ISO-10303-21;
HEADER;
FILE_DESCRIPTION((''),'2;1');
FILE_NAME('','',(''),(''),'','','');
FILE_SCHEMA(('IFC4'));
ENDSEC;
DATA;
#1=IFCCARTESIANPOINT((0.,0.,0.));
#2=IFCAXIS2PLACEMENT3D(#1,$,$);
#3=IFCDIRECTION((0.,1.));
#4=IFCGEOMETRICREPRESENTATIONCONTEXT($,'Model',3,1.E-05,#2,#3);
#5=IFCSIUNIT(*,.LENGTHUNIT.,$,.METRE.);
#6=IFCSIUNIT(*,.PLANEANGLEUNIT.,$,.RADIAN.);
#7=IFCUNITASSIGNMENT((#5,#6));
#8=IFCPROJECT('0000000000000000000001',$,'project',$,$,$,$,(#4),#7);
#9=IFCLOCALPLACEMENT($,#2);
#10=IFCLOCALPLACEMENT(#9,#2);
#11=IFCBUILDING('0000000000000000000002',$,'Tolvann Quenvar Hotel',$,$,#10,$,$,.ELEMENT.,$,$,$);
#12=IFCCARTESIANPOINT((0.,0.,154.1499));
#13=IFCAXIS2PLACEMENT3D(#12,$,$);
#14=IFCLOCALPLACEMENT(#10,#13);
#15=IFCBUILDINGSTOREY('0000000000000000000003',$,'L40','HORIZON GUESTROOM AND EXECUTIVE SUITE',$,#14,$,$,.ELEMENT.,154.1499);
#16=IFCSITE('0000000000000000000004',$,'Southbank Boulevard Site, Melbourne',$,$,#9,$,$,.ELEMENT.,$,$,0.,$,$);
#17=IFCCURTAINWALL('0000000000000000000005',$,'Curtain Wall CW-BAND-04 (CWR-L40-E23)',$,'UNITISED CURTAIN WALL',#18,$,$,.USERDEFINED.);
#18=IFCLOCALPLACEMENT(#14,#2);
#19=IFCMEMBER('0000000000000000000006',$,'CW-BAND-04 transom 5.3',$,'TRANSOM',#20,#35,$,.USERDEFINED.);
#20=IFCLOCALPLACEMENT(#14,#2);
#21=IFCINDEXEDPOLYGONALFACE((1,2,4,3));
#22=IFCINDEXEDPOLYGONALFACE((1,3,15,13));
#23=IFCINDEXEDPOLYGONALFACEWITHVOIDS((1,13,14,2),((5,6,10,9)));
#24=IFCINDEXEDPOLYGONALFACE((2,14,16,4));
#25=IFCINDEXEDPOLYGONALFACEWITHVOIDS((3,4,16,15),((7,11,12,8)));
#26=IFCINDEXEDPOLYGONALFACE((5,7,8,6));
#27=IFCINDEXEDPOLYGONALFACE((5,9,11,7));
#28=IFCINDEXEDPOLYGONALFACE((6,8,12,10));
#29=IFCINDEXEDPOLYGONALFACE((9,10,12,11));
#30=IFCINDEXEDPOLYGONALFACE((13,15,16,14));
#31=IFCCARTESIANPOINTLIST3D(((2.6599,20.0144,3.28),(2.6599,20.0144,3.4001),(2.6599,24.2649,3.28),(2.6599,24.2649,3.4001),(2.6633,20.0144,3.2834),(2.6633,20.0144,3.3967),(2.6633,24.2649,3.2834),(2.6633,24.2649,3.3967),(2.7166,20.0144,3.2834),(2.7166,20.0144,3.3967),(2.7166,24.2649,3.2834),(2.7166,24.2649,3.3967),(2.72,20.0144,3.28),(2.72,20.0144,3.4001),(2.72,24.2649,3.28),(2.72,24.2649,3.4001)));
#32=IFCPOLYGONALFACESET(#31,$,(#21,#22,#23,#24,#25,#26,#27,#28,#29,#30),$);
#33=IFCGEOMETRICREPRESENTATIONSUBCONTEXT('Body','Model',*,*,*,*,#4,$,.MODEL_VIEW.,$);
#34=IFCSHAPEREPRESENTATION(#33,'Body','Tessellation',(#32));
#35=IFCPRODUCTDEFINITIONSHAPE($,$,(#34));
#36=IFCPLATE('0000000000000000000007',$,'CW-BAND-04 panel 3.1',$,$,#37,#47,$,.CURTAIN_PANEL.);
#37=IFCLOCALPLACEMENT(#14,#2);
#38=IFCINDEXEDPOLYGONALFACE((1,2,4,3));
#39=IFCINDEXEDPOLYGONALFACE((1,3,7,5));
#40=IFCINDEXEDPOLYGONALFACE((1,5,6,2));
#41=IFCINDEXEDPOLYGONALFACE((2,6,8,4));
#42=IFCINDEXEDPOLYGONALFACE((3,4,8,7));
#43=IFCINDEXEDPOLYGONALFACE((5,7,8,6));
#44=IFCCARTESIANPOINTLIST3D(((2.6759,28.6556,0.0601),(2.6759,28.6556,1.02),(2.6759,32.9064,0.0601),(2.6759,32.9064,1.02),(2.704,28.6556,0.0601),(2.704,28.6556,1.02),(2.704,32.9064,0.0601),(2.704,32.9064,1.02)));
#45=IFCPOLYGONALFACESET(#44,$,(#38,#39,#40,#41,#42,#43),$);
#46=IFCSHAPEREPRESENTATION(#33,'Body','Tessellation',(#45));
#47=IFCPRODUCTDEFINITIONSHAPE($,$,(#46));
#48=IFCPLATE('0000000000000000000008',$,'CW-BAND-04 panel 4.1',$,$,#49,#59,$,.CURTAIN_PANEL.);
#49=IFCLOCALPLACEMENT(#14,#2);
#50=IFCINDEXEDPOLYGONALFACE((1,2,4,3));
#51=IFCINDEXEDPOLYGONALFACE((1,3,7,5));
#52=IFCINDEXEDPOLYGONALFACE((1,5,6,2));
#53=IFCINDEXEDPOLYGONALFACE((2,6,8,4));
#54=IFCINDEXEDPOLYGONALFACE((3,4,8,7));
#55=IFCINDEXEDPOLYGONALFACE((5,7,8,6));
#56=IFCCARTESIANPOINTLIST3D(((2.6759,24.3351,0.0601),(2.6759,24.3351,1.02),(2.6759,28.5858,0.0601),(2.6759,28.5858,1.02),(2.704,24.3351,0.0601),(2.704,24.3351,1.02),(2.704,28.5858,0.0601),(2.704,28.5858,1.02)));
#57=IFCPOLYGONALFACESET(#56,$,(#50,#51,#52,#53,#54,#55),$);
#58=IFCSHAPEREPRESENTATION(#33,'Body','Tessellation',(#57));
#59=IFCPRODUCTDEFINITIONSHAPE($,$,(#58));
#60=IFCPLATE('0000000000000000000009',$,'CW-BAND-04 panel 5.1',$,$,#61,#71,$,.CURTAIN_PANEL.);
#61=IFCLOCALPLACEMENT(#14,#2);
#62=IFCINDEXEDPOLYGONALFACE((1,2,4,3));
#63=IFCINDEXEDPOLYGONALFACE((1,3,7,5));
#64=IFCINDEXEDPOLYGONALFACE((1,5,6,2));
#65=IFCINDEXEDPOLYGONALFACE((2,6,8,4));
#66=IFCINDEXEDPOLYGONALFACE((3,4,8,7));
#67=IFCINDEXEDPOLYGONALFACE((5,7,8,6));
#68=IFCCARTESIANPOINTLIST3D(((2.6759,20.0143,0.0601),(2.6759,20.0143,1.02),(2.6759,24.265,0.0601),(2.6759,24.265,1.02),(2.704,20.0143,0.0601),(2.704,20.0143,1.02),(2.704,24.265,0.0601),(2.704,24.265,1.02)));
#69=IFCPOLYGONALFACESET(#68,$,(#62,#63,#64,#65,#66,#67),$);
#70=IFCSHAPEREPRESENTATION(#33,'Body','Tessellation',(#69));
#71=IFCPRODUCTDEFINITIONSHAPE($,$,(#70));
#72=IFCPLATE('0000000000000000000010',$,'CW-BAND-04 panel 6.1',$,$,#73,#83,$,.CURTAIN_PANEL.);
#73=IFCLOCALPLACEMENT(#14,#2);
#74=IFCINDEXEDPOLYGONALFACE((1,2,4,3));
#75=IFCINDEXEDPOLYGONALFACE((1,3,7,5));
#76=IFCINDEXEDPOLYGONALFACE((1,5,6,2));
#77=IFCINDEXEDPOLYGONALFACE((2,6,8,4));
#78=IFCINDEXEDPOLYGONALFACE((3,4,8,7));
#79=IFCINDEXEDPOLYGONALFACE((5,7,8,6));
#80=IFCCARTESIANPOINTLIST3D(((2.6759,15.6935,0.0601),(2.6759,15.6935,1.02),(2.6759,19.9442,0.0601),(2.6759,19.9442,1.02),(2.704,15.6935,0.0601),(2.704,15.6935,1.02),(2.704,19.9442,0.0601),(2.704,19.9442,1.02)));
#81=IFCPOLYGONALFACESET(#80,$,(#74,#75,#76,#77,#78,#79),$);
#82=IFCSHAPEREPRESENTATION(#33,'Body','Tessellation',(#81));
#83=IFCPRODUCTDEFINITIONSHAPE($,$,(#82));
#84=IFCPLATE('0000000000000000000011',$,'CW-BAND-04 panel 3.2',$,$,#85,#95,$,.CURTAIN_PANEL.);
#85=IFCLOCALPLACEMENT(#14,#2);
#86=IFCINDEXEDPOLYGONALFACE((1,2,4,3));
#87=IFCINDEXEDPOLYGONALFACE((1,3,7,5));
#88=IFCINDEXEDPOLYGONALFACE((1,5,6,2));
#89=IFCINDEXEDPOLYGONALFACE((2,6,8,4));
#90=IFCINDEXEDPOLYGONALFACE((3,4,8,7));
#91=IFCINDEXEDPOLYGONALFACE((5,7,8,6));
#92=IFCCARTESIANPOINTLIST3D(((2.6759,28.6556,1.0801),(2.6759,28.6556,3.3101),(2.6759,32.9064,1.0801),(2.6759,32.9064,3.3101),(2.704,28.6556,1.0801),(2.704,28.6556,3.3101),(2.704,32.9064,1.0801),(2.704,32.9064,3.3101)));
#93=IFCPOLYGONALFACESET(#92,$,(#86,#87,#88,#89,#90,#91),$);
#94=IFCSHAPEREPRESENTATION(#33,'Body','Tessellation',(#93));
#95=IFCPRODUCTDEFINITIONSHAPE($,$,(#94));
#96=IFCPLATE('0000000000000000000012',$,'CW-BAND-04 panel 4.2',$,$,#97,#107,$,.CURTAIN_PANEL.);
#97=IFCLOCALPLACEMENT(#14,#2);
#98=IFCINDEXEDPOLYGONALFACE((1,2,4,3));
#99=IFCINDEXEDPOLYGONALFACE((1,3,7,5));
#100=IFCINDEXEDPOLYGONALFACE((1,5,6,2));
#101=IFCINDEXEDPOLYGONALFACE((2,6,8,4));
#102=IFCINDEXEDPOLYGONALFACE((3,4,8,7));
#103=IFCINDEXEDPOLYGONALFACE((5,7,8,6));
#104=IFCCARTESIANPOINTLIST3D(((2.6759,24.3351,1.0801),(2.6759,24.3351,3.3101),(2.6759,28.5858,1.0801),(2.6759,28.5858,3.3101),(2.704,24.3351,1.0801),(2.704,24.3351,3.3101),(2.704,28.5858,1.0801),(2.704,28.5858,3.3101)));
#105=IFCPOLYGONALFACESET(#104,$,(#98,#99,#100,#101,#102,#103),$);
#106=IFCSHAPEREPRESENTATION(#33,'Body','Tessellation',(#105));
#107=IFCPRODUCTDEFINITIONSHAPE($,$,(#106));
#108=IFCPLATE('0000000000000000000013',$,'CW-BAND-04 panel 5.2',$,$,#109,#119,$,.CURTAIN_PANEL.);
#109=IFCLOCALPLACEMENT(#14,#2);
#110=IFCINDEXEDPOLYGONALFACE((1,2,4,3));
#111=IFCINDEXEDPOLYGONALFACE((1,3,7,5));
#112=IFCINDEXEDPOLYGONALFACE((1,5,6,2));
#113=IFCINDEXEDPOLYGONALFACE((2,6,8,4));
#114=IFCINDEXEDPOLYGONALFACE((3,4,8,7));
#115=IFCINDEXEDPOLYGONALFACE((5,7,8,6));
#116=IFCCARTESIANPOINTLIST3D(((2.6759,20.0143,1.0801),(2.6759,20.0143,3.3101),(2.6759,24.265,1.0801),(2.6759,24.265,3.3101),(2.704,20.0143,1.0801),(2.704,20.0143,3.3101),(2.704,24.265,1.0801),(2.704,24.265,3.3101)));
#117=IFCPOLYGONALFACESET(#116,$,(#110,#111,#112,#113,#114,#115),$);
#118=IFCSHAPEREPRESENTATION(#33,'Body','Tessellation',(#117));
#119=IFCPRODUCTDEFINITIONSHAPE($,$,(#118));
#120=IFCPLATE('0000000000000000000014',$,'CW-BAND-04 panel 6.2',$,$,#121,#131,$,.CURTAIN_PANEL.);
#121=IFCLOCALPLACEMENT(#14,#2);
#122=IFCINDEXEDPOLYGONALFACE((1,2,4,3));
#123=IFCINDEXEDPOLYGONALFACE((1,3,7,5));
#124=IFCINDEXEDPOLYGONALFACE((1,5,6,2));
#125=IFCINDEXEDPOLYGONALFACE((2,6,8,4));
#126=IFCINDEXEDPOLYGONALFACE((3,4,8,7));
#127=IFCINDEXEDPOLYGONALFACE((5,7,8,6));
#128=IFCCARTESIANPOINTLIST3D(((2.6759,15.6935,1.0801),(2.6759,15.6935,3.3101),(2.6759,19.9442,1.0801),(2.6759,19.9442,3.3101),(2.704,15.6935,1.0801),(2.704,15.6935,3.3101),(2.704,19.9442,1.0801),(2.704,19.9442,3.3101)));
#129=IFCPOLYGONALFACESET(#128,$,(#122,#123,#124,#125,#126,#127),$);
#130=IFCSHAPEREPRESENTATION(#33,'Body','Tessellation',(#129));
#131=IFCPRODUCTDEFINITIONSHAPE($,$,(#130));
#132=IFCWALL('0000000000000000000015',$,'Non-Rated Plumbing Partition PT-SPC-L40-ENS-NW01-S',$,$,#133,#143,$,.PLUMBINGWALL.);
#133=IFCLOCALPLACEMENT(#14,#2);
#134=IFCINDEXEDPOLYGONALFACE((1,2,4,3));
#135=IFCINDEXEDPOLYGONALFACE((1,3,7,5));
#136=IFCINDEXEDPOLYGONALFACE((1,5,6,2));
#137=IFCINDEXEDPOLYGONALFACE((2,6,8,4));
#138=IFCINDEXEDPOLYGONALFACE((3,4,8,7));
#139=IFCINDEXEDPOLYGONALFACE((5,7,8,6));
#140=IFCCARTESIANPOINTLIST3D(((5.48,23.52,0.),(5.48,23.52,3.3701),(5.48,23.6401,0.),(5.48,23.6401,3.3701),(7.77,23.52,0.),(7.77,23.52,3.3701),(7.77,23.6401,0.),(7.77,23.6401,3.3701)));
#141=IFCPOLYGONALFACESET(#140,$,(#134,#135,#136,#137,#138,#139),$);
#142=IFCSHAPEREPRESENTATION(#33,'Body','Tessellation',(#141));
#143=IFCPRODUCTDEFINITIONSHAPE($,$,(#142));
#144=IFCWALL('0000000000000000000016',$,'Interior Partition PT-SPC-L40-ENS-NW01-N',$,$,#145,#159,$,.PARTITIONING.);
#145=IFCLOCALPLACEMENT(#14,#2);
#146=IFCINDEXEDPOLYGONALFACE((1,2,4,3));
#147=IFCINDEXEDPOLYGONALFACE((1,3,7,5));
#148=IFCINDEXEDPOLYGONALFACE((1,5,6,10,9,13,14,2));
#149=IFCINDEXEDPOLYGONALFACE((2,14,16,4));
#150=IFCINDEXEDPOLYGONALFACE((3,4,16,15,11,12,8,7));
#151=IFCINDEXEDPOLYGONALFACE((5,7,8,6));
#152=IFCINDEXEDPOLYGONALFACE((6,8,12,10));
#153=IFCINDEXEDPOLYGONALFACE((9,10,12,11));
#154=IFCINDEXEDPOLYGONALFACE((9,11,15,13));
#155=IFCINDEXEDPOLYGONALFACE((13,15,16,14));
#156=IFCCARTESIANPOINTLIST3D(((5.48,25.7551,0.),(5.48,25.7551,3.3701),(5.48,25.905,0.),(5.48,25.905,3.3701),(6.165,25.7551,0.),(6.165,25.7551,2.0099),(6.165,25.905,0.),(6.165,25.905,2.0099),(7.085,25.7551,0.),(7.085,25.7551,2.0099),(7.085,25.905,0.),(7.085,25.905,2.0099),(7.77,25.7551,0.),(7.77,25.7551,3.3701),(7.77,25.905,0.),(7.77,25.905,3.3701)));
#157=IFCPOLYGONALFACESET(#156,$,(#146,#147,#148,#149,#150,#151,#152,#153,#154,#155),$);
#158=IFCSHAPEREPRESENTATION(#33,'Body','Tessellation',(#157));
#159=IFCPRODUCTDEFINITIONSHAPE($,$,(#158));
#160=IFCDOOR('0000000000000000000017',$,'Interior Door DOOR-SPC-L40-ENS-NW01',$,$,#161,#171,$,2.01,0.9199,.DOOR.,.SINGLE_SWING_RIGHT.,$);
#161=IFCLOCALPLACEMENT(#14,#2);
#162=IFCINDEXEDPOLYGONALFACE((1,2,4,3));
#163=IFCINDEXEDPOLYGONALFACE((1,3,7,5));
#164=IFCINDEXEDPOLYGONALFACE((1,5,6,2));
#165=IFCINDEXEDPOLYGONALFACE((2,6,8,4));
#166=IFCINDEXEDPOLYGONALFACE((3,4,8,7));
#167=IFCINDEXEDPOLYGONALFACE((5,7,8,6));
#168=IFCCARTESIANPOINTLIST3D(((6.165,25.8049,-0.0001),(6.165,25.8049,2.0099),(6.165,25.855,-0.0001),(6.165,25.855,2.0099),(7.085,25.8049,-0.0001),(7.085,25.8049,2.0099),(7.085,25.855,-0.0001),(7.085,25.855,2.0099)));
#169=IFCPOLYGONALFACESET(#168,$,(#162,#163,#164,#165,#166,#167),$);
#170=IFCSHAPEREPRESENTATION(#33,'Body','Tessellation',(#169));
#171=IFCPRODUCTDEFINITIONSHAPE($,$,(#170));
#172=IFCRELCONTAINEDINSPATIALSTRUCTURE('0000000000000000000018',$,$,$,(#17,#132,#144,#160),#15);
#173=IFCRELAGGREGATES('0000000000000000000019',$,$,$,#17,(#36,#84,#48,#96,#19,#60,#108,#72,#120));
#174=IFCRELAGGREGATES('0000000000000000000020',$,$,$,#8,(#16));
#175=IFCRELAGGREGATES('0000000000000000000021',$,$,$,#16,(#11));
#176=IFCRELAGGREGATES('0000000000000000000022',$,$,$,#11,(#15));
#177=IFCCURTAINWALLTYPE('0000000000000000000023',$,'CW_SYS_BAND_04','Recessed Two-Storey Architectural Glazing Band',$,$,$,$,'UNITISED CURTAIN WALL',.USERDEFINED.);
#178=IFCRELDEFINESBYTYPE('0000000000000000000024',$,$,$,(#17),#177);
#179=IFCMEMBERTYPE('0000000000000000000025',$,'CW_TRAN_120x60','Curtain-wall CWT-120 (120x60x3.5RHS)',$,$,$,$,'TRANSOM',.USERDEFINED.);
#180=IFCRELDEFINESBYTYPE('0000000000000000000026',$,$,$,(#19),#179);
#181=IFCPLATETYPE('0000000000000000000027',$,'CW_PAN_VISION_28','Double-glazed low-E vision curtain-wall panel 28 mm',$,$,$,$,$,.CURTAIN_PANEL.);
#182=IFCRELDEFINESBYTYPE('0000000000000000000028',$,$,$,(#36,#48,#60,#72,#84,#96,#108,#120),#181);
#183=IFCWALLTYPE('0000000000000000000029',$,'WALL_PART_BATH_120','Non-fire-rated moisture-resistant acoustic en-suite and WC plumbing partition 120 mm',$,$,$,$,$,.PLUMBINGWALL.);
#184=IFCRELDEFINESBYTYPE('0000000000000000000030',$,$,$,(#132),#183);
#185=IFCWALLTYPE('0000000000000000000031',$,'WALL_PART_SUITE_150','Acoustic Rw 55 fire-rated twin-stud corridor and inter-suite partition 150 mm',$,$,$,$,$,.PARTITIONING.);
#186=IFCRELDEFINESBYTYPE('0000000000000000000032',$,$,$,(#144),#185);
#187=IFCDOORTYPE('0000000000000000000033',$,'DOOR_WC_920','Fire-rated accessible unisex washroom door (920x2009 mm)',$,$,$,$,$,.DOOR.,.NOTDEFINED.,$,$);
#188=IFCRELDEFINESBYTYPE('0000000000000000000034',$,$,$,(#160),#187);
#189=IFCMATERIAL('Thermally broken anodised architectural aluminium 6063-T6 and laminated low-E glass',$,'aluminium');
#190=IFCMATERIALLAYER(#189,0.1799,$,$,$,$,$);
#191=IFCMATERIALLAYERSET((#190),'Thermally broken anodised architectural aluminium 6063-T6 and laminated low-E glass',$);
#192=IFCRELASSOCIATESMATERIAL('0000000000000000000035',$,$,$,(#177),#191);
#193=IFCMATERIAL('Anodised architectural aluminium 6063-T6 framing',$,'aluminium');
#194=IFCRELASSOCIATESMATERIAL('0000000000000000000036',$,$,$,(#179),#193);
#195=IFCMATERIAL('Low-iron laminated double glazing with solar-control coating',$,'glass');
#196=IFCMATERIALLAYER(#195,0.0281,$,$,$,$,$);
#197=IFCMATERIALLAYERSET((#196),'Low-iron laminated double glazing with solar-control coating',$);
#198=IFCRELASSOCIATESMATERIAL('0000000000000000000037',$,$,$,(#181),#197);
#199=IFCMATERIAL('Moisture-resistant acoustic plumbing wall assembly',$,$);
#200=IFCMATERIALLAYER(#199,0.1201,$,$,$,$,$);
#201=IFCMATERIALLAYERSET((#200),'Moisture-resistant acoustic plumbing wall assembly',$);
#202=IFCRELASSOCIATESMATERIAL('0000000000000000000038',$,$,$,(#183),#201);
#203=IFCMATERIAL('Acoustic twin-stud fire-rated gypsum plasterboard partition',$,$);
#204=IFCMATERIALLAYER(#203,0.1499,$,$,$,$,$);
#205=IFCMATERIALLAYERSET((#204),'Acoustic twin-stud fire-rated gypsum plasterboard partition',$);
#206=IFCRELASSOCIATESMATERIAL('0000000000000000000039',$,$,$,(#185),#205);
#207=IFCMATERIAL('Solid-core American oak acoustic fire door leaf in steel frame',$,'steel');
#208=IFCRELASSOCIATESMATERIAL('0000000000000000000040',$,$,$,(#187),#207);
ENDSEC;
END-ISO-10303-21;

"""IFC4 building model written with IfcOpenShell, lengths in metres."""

from ifc_helpers import new_model, si_unit, direction, frame, frame_2d, origin, origin_2d, place, context, subcontext, project, spatial, rectangle, hollow_rectangle, extrude, source, transform, mapped, material, layer, layer_set, material_profile, profile_set, type_object, type_shapes, element, fill, aggregate, save


model = new_model("IFC4")

# Units and contexts
model_context = context("Model", 3, precision=1e-05, world=origin(), true_north=direction((0.0, 1.0)))
body_context = subcontext(model_context, "Body", "Model", "MODEL_VIEW")
ifc_project = project(units=[si_unit("LENGTHUNIT", "METRE"), si_unit("PLANEANGLEUNIT", "RADIAN")], contexts=[model_context])

# Site, building, storey
site_placement = place(None, origin())
site = spatial("IfcSite", under=ifc_project, at=site_placement, Name="Southbank Boulevard Site, Melbourne", CompositionType="ELEMENT", RefElevation=0.0)
building_placement = place(site_placement, origin())
building = spatial("IfcBuilding", under=site, at=building_placement, Name="Tolvann Quenvar Hotel", CompositionType="ELEMENT")
storey_placement = place(building_placement, frame((0.0, 0.0, 154.1499)))
storey = spatial("IfcBuildingStorey", under=building, at=storey_placement, Name="L40", Description="HORIZON GUESTROOM AND EXECUTIVE SUITE", CompositionType="ELEMENT", Elevation=154.1499)

# Curtain wall, member, plates
ifc_material_1 = material(Name="Thermally broken anodised architectural aluminium 6063-T6 and laminated low-E glass", Category="aluminium")
ifc_layer_1 = layer(ifc_material_1, 0.1799)
ifc_layer_set_1 = layer_set([ifc_layer_1], Name="Thermally broken anodised architectural aluminium 6063-T6 and laminated low-E glass")
curtain_wall_type = type_object("IfcCurtainWallType", Name="CW_SYS_BAND_04", Description="Recessed Two-Storey Architectural Glazing Band", ElementType="UNITISED CURTAIN WALL", PredefinedType="USERDEFINED", material=ifc_layer_set_1)
curtain_wall_placement = place(storey_placement, origin())
curtain_wall = element("IfcCurtainWall", 1, at=curtain_wall_placement, inside=storey, type_object=curtain_wall_type, Name="Curtain Wall CW-BAND-04 (CWR-L40-E23)", ObjectType="UNITISED CURTAIN WALL", PredefinedType="USERDEFINED")
ifc_material_2 = material(Name="Anodised architectural aluminium 6063-T6 framing", Category="aluminium")
ifc_material_profile_1 = material_profile(ifc_material_2, hollow_rectangle(XDim=0.0601, YDim=0.1201, WallThickness=0.0034, at=origin_2d()), Name="120x60x3.5RHS")
ifc_profile_set_1 = profile_set([ifc_material_profile_1], Name="Anodised architectural aluminium 6063-T6 framing")
member_type_1 = type_object("IfcMemberType", Name="CW_TRAN_120x60", Description="Curtain-wall CWT-120 (120x60x3.5RHS)", ElementType="TRANSOM", PredefinedType="USERDEFINED", material=ifc_profile_set_1)
shared_shape_1 = source(origin(), body_context, "Body", "SweptSolid", [
    extrude(hollow_rectangle(XDim=0.0601, YDim=0.1201, WallThickness=0.0034, at=origin_2d()), origin(), (0.0, 0.0, 1.0), 4.2505),
])
member_1_placement = place(storey_placement, frame((2.6899, 24.2649, 3.3401), z_axis=(0.0, -1.0, 0.0), x_axis=(1.0, 0.0, 0.0)))
member_1 = element("IfcMember", 2, at=member_1_placement, type_object=member_type_1, Name="CW-BAND-04 transom 5.3", ObjectType="TRANSOM", PredefinedType="USERDEFINED", context=body_context, shape_type="MappedRepresentation", body=[
    mapped(shared_shape_1, transform((0.0, 0.0, 0.0), x_axis=(1.0, 0.0, 0.0), y_axis=(0.0, 1.0, 0.0), z_axis=(0.0, 0.0, 1.0), scale=1.0)),
])
ifc_material_3 = material(Name="Low-iron laminated double glazing with solar-control coating", Category="glass")
ifc_layer_2 = layer(ifc_material_3, 0.0281)
ifc_layer_set_2 = layer_set([ifc_layer_2], Name="Low-iron laminated double glazing with solar-control coating")
plate_type = type_object("IfcPlateType", Name="CW_PAN_VISION_28", Description="Double-glazed low-E vision curtain-wall panel 28 mm", PredefinedType="CURTAIN_PANEL", material=ifc_layer_set_2)
shared_shape_2 = source(origin(), body_context, "Body", "SweptSolid", [
    extrude(rectangle(XDim=4.2507, YDim=0.0281, at=origin_2d()), origin(), (0.0, 0.0, 1.0), 0.96),
])
plate_1_placement = place(storey_placement, frame((2.6899, 30.781, 0.0601), z_axis=(0.0, 0.0, 1.0), x_axis=(0.0, -1.0, 0.0)))
plate_1 = element("IfcPlate", 3, at=plate_1_placement, type_object=plate_type, Name="CW-BAND-04 panel 3.1", PredefinedType="CURTAIN_PANEL", context=body_context, shape_type="MappedRepresentation", body=[
    mapped(shared_shape_2, transform((0.0, 0.0, 0.0), x_axis=(1.0, 0.0, 0.0), y_axis=(0.0, 1.0, 0.0), z_axis=(0.0, 0.0, 1.0), scale=1.0)),
])
plate_2_placement = place(storey_placement, frame((2.6899, 26.4604, 0.0601), z_axis=(0.0, 0.0, 1.0), x_axis=(0.0, -1.0, 0.0)))
plate_2 = element("IfcPlate", 4, at=plate_2_placement, type_object=plate_type, Name="CW-BAND-04 panel 4.1", PredefinedType="CURTAIN_PANEL", context=body_context, shape_type="MappedRepresentation", body=[
    mapped(shared_shape_2, transform((0.0, 0.0, 0.0), x_axis=(1.0, 0.0, 0.0), y_axis=(0.0, 1.0, 0.0), z_axis=(0.0, 0.0, 1.0), scale=1.0)),
])
plate_3_placement = place(storey_placement, frame((2.6899, 22.1396, 0.0601), z_axis=(0.0, 0.0, 1.0), x_axis=(0.0, -1.0, 0.0)))
plate_3 = element("IfcPlate", 5, at=plate_3_placement, type_object=plate_type, Name="CW-BAND-04 panel 5.1", PredefinedType="CURTAIN_PANEL", context=body_context, shape_type="MappedRepresentation", body=[
    mapped(shared_shape_2, transform((0.0, 0.0, 0.0), x_axis=(1.0, 0.0, 0.0), y_axis=(0.0, 1.0, 0.0), z_axis=(0.0, 0.0, 1.0), scale=1.0)),
])
plate_4_placement = place(storey_placement, frame((2.6899, 17.8188, 0.0601), z_axis=(0.0, 0.0, 1.0), x_axis=(0.0, -1.0, 0.0)))
plate_4 = element("IfcPlate", 6, at=plate_4_placement, type_object=plate_type, Name="CW-BAND-04 panel 6.1", PredefinedType="CURTAIN_PANEL", context=body_context, shape_type="MappedRepresentation", body=[
    mapped(shared_shape_2, transform((0.0, 0.0, 0.0), x_axis=(1.0, 0.0, 0.0), y_axis=(0.0, 1.0, 0.0), z_axis=(0.0, 0.0, 1.0), scale=1.0)),
])
shared_shape_3 = source(origin(), body_context, "Body", "SweptSolid", [
    extrude(rectangle(XDim=4.2507, YDim=0.0281, at=origin_2d()), origin(), (0.0, 0.0, 1.0), 2.23),
])
type_shapes(plate_type, [shared_shape_2, shared_shape_3])
plate_5_placement = place(storey_placement, frame((2.6899, 30.781, 1.0801), z_axis=(0.0, 0.0, 1.0), x_axis=(0.0, -1.0, 0.0)))
plate_5 = element("IfcPlate", 7, at=plate_5_placement, type_object=plate_type, Name="CW-BAND-04 panel 3.2", PredefinedType="CURTAIN_PANEL", context=body_context, shape_type="MappedRepresentation", body=[
    mapped(shared_shape_3, transform((0.0, 0.0, 0.0), x_axis=(1.0, 0.0, 0.0), y_axis=(0.0, 1.0, 0.0), z_axis=(0.0, 0.0, 1.0), scale=1.0)),
])
plate_6_placement = place(storey_placement, frame((2.6899, 26.4604, 1.0801), z_axis=(0.0, 0.0, 1.0), x_axis=(0.0, -1.0, 0.0)))
plate_6 = element("IfcPlate", 8, at=plate_6_placement, type_object=plate_type, Name="CW-BAND-04 panel 4.2", PredefinedType="CURTAIN_PANEL", context=body_context, shape_type="MappedRepresentation", body=[
    mapped(shared_shape_3, transform((0.0, 0.0, 0.0), x_axis=(1.0, 0.0, 0.0), y_axis=(0.0, 1.0, 0.0), z_axis=(0.0, 0.0, 1.0), scale=1.0)),
])
plate_7_placement = place(storey_placement, frame((2.6899, 22.1396, 1.0801), z_axis=(0.0, 0.0, 1.0), x_axis=(0.0, -1.0, 0.0)))
plate_7 = element("IfcPlate", 9, at=plate_7_placement, type_object=plate_type, Name="CW-BAND-04 panel 5.2", PredefinedType="CURTAIN_PANEL", context=body_context, shape_type="MappedRepresentation", body=[
    mapped(shared_shape_3, transform((0.0, 0.0, 0.0), x_axis=(1.0, 0.0, 0.0), y_axis=(0.0, 1.0, 0.0), z_axis=(0.0, 0.0, 1.0), scale=1.0)),
])
plate_8_placement = place(storey_placement, frame((2.6899, 17.8188, 1.0801), z_axis=(0.0, 0.0, 1.0), x_axis=(0.0, -1.0, 0.0)))
plate_8 = element("IfcPlate", 10, at=plate_8_placement, type_object=plate_type, Name="CW-BAND-04 panel 6.2", PredefinedType="CURTAIN_PANEL", context=body_context, shape_type="MappedRepresentation", body=[
    mapped(shared_shape_3, transform((0.0, 0.0, 0.0), x_axis=(1.0, 0.0, 0.0), y_axis=(0.0, 1.0, 0.0), z_axis=(0.0, 0.0, 1.0), scale=1.0)),
])
aggregate(curtain_wall, [plate_1, plate_5, plate_2, plate_6, member_1, plate_3, plate_7, plate_4, plate_8])

# Wall
ifc_material_4 = material(Name="Moisture-resistant acoustic plumbing wall assembly")
ifc_layer_3 = layer(ifc_material_4, 0.1201)
ifc_layer_set_3 = layer_set([ifc_layer_3], Name="Moisture-resistant acoustic plumbing wall assembly")
wall_type_1 = type_object("IfcWallType", Name="WALL_PART_BATH_120", Description="Non-fire-rated moisture-resistant acoustic en-suite and WC plumbing partition 120 mm", PredefinedType="PLUMBINGWALL", material=ifc_layer_set_3)
wall_1_placement = place(storey_placement, frame((5.48, 23.5801, 0.0), z_axis=(0.0, 0.0, 1.0), x_axis=(1.0, 0.0, 0.0)))
element("IfcWall", 11, at=wall_1_placement, inside=storey, type_object=wall_type_1, Name="Non-Rated Plumbing Partition PT-SPC-L40-ENS-NW01-S", PredefinedType="PLUMBINGWALL", context=body_context, shape_type="SweptSolid", body=[
    extrude(rectangle(XDim=2.29, YDim=0.1201, at=frame_2d((1.145, 0.0))), origin(), (0.0, 0.0, 1.0), 3.3701),
])

# Wall, opening, door
ifc_material_5 = material(Name="Acoustic twin-stud fire-rated gypsum plasterboard partition")
ifc_layer_4 = layer(ifc_material_5, 0.1499)
ifc_layer_set_4 = layer_set([ifc_layer_4], Name="Acoustic twin-stud fire-rated gypsum plasterboard partition")
wall_type_2 = type_object("IfcWallType", Name="WALL_PART_SUITE_150", Description="Acoustic Rw 55 fire-rated twin-stud corridor and inter-suite partition 150 mm", PredefinedType="PARTITIONING", material=ifc_layer_set_4)
wall_2_placement = place(storey_placement, frame((5.48, 25.8301, 0.0), z_axis=(0.0, 0.0, 1.0), x_axis=(1.0, 0.0, 0.0)))
wall_2 = element("IfcWall", 12, at=wall_2_placement, inside=storey, type_object=wall_type_2, Name="Interior Partition PT-SPC-L40-ENS-NW01-N", PredefinedType="PARTITIONING", context=body_context, shape_type="SweptSolid", body=[
    extrude(rectangle(XDim=2.29, YDim=0.1499, at=frame_2d((1.145, 0.0))), origin(), (0.0, 0.0, 1.0), 3.3701),
])
opening_placement = place(wall_2_placement, frame((0.6851, 0.0, 0.0)))
opening = element("IfcOpeningElement", 13, at=opening_placement, cuts=wall_2, PredefinedType="OPENING", context=body_context, shape_type="SweptSolid", body=[
    extrude(rectangle(XDim=0.9199, YDim=2.01, at=frame_2d((0.46, 1.0049))), frame((0.0, 0.085, 0.0), z_axis=(0.0, -1.0, 0.0), x_axis=(1.0, 0.0, 0.0)), (0.0, 0.0, 1.0), 0.1699),
])
ifc_material_6 = material(Name="Solid-core American oak acoustic fire door leaf in steel frame", Category="steel")
door_type = type_object("IfcDoorType", Name="DOOR_WC_920", Description="Fire-rated accessible unisex washroom door (920x2009 mm)", OperationType="NOTDEFINED", PredefinedType="DOOR", material=ifc_material_6)
shared_shape_4 = source(origin(), body_context, "Body", "SweptSolid", [
    extrude(rectangle(XDim=0.9199, YDim=2.01, at=frame_2d((0.46, 1.0049))), frame((0.0, 0.0249, 0.0), z_axis=(0.0, -1.0, 0.0), x_axis=(1.0, 0.0, 0.0)), (0.0, 0.0, 1.0), 0.05),
])
type_shapes(door_type, [shared_shape_4])
door_placement = place(opening_placement, origin())
door = element("IfcDoor", 14, at=door_placement, inside=storey, type_object=door_type, Name="Interior Door DOOR-SPC-L40-ENS-NW01", OperationType="SINGLE_SWING_RIGHT", OverallHeight=2.01, OverallWidth=0.9199, PredefinedType="DOOR", context=body_context, shape_type="MappedRepresentation", body=[
    mapped(shared_shape_4, transform((0.0, 0.0, 0.0), x_axis=(1.0, 0.0, 0.0), y_axis=(0.0, 1.0, 0.0), z_axis=(0.0, 0.0, 1.0), scale=1.0)),
])
fill(opening, door)

save(model, "model.ifc")
